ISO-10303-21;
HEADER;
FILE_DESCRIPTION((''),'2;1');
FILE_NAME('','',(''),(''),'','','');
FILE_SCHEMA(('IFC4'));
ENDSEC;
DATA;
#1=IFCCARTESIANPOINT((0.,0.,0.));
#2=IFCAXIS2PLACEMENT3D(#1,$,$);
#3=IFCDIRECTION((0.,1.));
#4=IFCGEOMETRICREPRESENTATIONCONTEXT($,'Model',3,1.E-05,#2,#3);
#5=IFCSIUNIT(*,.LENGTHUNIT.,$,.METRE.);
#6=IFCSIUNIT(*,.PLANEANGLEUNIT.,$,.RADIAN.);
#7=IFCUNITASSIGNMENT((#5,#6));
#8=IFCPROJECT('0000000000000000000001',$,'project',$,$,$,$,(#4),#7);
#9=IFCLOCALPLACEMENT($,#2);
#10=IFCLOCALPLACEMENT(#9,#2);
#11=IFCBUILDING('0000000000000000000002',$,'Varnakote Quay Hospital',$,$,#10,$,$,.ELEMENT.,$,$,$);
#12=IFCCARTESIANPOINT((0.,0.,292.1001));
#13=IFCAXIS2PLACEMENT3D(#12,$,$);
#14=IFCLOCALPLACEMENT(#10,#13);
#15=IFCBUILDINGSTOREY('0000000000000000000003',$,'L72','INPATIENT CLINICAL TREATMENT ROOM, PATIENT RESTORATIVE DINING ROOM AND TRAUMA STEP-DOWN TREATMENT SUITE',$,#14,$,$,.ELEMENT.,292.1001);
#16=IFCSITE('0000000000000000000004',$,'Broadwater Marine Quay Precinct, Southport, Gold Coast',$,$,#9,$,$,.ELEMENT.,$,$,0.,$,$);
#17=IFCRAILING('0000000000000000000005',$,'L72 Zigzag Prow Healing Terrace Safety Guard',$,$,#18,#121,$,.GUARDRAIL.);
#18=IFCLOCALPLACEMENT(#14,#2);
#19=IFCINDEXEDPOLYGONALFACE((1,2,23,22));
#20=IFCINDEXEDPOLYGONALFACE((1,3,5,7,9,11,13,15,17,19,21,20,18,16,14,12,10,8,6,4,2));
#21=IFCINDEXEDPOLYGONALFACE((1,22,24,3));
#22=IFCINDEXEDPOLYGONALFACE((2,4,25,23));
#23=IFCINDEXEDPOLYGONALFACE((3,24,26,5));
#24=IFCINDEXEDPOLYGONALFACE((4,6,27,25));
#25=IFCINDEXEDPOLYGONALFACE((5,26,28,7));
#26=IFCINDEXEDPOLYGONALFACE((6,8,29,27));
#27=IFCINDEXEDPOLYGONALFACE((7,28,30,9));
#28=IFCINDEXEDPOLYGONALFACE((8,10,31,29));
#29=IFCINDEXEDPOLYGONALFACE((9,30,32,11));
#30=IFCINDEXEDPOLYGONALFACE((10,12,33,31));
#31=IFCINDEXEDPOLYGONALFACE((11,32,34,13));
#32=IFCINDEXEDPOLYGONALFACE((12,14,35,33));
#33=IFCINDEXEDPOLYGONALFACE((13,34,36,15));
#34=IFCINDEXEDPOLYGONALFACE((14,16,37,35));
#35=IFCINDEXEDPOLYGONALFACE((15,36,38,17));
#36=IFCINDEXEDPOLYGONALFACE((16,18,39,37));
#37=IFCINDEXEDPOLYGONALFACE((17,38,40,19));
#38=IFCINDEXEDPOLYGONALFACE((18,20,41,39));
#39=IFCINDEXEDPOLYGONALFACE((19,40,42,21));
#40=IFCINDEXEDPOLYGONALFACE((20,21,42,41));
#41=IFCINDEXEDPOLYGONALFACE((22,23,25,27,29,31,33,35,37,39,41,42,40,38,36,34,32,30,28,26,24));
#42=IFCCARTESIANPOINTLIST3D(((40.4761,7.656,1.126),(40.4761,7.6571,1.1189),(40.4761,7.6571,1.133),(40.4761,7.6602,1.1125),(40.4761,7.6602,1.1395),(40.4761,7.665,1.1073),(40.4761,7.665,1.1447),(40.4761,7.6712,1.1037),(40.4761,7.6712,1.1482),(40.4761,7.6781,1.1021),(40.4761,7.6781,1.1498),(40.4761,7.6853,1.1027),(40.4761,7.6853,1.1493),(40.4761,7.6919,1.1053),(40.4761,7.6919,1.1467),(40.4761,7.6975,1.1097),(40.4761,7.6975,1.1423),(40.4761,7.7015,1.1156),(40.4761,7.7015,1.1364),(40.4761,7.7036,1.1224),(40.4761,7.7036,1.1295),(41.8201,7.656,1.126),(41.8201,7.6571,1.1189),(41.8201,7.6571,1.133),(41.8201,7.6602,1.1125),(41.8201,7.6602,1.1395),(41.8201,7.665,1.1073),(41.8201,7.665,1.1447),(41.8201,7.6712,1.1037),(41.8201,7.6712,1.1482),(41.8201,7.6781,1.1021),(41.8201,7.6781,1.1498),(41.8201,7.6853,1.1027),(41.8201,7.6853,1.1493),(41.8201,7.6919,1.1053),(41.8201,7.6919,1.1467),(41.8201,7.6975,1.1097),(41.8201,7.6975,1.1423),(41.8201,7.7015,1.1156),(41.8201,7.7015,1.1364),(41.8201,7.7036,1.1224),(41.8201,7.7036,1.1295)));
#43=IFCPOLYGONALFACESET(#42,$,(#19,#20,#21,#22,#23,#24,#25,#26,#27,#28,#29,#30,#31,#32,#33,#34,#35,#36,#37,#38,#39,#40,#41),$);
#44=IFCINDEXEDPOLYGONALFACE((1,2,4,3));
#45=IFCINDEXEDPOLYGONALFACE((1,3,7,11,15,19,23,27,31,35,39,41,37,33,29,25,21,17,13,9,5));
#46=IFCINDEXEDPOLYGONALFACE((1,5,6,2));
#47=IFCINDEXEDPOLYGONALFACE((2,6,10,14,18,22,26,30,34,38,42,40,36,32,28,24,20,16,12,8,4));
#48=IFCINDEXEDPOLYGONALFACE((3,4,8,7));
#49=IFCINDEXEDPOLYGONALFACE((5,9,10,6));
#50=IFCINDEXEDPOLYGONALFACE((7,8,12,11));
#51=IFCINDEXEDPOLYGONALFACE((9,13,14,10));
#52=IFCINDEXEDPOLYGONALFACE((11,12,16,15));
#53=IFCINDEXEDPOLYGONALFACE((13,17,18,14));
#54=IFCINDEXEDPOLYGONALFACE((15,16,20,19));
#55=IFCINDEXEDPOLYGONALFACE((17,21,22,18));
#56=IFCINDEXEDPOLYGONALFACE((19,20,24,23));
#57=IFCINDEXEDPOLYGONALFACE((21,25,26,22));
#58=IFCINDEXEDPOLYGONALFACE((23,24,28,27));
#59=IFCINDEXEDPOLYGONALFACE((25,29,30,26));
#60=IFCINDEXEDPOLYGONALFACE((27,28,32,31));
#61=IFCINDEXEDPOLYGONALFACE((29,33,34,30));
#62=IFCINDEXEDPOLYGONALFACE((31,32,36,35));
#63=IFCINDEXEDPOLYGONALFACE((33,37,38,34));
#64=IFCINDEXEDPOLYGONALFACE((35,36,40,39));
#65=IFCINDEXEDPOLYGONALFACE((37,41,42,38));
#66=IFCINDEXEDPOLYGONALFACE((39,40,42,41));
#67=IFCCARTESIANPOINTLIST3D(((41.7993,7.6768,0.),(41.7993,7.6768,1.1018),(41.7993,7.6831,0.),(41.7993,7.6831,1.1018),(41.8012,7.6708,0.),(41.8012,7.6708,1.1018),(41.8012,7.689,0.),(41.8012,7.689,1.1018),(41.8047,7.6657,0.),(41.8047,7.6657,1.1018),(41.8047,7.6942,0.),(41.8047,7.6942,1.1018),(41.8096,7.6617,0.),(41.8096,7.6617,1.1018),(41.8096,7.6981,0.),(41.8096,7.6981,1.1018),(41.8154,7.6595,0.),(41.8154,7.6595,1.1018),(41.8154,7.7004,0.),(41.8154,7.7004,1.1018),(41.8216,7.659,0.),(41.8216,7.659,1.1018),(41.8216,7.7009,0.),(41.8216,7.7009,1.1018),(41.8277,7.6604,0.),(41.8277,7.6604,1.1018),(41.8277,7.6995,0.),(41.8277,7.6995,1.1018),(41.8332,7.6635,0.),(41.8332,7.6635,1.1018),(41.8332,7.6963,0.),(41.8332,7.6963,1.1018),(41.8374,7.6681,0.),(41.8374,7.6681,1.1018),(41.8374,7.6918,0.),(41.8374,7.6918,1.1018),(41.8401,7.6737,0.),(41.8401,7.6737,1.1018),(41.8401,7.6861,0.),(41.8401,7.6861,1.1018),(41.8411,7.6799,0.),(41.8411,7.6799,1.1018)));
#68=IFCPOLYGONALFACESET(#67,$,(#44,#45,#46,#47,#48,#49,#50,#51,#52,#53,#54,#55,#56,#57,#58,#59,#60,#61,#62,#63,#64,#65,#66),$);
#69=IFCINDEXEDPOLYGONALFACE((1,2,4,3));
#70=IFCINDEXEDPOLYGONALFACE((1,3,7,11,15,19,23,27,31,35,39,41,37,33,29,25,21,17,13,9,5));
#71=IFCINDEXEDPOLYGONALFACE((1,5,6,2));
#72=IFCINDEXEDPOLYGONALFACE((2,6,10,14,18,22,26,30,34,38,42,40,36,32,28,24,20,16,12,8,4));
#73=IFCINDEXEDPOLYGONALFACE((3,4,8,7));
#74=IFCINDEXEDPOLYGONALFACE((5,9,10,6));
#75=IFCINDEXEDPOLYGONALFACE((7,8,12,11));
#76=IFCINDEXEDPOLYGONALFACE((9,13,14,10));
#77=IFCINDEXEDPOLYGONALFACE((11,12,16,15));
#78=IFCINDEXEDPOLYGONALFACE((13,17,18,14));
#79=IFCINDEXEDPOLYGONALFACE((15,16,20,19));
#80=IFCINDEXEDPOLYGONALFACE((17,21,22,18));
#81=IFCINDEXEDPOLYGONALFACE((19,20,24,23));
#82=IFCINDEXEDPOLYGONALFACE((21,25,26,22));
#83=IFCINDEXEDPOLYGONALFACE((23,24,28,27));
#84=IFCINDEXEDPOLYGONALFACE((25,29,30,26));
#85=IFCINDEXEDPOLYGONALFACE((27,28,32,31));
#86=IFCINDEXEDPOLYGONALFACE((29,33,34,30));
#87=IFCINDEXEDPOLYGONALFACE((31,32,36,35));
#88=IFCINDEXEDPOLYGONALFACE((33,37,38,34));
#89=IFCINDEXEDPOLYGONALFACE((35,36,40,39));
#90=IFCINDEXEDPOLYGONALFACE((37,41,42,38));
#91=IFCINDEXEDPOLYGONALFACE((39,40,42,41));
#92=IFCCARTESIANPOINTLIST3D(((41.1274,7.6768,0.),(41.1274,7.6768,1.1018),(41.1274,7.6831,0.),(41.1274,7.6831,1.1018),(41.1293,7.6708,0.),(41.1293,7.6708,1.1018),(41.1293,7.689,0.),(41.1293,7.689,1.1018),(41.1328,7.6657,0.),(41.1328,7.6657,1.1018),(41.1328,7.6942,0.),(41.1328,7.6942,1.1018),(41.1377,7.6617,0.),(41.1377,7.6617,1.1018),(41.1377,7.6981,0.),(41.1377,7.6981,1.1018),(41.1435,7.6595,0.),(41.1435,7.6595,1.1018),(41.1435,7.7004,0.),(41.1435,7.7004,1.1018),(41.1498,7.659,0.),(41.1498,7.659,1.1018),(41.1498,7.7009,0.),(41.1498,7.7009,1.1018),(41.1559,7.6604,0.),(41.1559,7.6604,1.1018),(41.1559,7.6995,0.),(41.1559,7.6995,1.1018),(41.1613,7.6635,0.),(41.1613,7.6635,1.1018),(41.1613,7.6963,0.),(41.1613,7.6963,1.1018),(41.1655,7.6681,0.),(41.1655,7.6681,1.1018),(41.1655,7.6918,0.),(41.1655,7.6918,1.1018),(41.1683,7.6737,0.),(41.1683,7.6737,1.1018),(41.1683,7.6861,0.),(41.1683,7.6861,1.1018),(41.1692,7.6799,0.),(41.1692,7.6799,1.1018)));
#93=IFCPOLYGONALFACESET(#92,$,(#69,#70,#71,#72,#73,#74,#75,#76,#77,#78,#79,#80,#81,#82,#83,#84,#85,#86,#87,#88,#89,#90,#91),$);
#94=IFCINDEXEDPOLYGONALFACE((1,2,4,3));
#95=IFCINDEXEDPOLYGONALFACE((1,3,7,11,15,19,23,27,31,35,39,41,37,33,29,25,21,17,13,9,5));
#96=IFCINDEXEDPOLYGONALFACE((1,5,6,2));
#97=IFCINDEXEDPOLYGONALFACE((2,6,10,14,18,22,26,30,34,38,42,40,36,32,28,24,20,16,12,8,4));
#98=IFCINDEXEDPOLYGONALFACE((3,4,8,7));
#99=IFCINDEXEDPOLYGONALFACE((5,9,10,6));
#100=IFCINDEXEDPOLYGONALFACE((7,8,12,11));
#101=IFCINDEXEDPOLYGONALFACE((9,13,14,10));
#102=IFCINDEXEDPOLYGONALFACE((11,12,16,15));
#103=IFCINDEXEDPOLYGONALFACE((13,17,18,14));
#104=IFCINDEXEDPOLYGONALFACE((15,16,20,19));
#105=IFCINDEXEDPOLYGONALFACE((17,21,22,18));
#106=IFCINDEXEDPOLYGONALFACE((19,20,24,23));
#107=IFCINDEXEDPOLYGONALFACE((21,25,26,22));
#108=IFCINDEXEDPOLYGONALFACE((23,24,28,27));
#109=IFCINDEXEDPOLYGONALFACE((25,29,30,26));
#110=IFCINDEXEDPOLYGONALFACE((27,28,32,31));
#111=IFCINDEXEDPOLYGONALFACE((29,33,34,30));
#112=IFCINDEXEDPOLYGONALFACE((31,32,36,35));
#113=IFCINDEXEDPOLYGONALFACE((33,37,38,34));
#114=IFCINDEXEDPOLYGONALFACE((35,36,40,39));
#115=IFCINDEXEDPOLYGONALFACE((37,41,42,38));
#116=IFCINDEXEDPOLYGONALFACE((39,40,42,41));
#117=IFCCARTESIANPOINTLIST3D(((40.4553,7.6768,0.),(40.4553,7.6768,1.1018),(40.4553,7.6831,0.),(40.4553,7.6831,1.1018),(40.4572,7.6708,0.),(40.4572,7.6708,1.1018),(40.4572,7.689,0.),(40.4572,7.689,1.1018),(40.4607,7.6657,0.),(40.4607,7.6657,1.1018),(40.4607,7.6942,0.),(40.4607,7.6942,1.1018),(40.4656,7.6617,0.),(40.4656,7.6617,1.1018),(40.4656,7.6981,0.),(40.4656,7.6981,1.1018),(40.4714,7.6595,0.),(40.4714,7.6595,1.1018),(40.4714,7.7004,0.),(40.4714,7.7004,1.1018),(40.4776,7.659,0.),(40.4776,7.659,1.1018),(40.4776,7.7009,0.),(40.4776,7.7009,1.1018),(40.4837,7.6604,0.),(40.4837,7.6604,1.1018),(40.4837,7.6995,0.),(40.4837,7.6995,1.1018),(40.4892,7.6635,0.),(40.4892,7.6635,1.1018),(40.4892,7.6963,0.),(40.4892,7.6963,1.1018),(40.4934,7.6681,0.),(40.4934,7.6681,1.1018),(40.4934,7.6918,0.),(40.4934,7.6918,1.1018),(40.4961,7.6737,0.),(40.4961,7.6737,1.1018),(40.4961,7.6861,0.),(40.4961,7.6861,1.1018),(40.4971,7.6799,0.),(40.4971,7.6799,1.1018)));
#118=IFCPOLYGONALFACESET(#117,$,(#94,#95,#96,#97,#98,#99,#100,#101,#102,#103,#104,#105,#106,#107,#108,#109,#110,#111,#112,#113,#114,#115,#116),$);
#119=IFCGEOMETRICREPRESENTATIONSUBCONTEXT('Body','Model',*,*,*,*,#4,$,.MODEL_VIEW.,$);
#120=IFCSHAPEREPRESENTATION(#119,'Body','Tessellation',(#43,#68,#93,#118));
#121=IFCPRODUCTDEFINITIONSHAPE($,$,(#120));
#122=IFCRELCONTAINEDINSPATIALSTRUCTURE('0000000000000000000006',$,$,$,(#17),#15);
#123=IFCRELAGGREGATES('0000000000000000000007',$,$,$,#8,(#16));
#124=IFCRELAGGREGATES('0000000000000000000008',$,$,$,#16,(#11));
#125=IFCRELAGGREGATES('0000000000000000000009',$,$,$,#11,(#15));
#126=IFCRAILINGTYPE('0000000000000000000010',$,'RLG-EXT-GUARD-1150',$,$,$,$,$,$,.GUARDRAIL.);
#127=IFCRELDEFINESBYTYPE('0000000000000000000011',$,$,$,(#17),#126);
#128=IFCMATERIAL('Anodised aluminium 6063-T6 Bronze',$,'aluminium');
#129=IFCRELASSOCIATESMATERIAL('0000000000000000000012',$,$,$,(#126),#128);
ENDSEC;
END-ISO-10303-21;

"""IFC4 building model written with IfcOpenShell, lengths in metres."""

from ifc_helpers import new_model, si_unit, direction, frame, origin, origin_2d, place, context, subcontext, project, spatial, circle, extrude, material, type_object, element, save


model = new_model("IFC4")

# Units and contexts
model_context = context("Model", 3, precision=1e-05, world=origin(), true_north=direction((0.0, 1.0)))
body_context = subcontext(model_context, "Body", "Model", "MODEL_VIEW")
ifc_project = project(units=[si_unit("LENGTHUNIT", "METRE"), si_unit("PLANEANGLEUNIT", "RADIAN")], contexts=[model_context])

# Site, building, storey
site_placement = place(None, origin())
site = spatial("IfcSite", under=ifc_project, at=site_placement, Name="Broadwater Marine Quay Precinct, Southport, Gold Coast", CompositionType="ELEMENT", RefElevation=0.0)
building_placement = place(site_placement, origin())
building = spatial("IfcBuilding", under=site, at=building_placement, Name="Varnakote Quay Hospital", CompositionType="ELEMENT")
storey_placement = place(building_placement, frame((0.0, 0.0, 292.1001)))
storey = spatial("IfcBuildingStorey", under=building, at=storey_placement, Name="L72", Description="INPATIENT CLINICAL TREATMENT ROOM, PATIENT RESTORATIVE DINING ROOM AND TRAUMA STEP-DOWN TREATMENT SUITE", CompositionType="ELEMENT", Elevation=292.1001)

# Railing
ifc_material_1 = material(Name="Anodised aluminium 6063-T6 Bronze", Category="aluminium")
railing_type = type_object("IfcRailingType", Name="RLG-EXT-GUARD-1150", PredefinedType="GUARDRAIL", material=ifc_material_1)
railing_1_placement = place(storey_placement, frame((41.8201, 7.6799, 0.0)))
element("IfcRailing", 1, at=railing_1_placement, inside=storey, type_object=railing_type, Name="L72 Zigzag Prow Healing Terrace Safety Guard", PredefinedType="GUARDRAIL", context=body_context, shape_type="SweptSolid", body=[
    extrude(circle(Radius=0.0239, at=origin_2d()), frame((0.0, 0.0, 1.126), z_axis=(-1.0, 0.0, 0.0), x_axis=(0.0, -1.0, 0.0)), (0.0, 0.0, 1.0), 1.344),
    extrude(circle(Radius=0.021, at=origin_2d()), origin(), (0.0, 0.0, 1.0), 1.1018),
    extrude(circle(Radius=0.021, at=origin_2d()), frame((-0.6719, 0.0, 0.0)), (0.0, 0.0, 1.0), 1.1018),
    extrude(circle(Radius=0.021, at=origin_2d()), frame((-1.344, 0.0, 0.0)), (0.0, 0.0, 1.0), 1.1018),
])

save(model, "model.ifc")
